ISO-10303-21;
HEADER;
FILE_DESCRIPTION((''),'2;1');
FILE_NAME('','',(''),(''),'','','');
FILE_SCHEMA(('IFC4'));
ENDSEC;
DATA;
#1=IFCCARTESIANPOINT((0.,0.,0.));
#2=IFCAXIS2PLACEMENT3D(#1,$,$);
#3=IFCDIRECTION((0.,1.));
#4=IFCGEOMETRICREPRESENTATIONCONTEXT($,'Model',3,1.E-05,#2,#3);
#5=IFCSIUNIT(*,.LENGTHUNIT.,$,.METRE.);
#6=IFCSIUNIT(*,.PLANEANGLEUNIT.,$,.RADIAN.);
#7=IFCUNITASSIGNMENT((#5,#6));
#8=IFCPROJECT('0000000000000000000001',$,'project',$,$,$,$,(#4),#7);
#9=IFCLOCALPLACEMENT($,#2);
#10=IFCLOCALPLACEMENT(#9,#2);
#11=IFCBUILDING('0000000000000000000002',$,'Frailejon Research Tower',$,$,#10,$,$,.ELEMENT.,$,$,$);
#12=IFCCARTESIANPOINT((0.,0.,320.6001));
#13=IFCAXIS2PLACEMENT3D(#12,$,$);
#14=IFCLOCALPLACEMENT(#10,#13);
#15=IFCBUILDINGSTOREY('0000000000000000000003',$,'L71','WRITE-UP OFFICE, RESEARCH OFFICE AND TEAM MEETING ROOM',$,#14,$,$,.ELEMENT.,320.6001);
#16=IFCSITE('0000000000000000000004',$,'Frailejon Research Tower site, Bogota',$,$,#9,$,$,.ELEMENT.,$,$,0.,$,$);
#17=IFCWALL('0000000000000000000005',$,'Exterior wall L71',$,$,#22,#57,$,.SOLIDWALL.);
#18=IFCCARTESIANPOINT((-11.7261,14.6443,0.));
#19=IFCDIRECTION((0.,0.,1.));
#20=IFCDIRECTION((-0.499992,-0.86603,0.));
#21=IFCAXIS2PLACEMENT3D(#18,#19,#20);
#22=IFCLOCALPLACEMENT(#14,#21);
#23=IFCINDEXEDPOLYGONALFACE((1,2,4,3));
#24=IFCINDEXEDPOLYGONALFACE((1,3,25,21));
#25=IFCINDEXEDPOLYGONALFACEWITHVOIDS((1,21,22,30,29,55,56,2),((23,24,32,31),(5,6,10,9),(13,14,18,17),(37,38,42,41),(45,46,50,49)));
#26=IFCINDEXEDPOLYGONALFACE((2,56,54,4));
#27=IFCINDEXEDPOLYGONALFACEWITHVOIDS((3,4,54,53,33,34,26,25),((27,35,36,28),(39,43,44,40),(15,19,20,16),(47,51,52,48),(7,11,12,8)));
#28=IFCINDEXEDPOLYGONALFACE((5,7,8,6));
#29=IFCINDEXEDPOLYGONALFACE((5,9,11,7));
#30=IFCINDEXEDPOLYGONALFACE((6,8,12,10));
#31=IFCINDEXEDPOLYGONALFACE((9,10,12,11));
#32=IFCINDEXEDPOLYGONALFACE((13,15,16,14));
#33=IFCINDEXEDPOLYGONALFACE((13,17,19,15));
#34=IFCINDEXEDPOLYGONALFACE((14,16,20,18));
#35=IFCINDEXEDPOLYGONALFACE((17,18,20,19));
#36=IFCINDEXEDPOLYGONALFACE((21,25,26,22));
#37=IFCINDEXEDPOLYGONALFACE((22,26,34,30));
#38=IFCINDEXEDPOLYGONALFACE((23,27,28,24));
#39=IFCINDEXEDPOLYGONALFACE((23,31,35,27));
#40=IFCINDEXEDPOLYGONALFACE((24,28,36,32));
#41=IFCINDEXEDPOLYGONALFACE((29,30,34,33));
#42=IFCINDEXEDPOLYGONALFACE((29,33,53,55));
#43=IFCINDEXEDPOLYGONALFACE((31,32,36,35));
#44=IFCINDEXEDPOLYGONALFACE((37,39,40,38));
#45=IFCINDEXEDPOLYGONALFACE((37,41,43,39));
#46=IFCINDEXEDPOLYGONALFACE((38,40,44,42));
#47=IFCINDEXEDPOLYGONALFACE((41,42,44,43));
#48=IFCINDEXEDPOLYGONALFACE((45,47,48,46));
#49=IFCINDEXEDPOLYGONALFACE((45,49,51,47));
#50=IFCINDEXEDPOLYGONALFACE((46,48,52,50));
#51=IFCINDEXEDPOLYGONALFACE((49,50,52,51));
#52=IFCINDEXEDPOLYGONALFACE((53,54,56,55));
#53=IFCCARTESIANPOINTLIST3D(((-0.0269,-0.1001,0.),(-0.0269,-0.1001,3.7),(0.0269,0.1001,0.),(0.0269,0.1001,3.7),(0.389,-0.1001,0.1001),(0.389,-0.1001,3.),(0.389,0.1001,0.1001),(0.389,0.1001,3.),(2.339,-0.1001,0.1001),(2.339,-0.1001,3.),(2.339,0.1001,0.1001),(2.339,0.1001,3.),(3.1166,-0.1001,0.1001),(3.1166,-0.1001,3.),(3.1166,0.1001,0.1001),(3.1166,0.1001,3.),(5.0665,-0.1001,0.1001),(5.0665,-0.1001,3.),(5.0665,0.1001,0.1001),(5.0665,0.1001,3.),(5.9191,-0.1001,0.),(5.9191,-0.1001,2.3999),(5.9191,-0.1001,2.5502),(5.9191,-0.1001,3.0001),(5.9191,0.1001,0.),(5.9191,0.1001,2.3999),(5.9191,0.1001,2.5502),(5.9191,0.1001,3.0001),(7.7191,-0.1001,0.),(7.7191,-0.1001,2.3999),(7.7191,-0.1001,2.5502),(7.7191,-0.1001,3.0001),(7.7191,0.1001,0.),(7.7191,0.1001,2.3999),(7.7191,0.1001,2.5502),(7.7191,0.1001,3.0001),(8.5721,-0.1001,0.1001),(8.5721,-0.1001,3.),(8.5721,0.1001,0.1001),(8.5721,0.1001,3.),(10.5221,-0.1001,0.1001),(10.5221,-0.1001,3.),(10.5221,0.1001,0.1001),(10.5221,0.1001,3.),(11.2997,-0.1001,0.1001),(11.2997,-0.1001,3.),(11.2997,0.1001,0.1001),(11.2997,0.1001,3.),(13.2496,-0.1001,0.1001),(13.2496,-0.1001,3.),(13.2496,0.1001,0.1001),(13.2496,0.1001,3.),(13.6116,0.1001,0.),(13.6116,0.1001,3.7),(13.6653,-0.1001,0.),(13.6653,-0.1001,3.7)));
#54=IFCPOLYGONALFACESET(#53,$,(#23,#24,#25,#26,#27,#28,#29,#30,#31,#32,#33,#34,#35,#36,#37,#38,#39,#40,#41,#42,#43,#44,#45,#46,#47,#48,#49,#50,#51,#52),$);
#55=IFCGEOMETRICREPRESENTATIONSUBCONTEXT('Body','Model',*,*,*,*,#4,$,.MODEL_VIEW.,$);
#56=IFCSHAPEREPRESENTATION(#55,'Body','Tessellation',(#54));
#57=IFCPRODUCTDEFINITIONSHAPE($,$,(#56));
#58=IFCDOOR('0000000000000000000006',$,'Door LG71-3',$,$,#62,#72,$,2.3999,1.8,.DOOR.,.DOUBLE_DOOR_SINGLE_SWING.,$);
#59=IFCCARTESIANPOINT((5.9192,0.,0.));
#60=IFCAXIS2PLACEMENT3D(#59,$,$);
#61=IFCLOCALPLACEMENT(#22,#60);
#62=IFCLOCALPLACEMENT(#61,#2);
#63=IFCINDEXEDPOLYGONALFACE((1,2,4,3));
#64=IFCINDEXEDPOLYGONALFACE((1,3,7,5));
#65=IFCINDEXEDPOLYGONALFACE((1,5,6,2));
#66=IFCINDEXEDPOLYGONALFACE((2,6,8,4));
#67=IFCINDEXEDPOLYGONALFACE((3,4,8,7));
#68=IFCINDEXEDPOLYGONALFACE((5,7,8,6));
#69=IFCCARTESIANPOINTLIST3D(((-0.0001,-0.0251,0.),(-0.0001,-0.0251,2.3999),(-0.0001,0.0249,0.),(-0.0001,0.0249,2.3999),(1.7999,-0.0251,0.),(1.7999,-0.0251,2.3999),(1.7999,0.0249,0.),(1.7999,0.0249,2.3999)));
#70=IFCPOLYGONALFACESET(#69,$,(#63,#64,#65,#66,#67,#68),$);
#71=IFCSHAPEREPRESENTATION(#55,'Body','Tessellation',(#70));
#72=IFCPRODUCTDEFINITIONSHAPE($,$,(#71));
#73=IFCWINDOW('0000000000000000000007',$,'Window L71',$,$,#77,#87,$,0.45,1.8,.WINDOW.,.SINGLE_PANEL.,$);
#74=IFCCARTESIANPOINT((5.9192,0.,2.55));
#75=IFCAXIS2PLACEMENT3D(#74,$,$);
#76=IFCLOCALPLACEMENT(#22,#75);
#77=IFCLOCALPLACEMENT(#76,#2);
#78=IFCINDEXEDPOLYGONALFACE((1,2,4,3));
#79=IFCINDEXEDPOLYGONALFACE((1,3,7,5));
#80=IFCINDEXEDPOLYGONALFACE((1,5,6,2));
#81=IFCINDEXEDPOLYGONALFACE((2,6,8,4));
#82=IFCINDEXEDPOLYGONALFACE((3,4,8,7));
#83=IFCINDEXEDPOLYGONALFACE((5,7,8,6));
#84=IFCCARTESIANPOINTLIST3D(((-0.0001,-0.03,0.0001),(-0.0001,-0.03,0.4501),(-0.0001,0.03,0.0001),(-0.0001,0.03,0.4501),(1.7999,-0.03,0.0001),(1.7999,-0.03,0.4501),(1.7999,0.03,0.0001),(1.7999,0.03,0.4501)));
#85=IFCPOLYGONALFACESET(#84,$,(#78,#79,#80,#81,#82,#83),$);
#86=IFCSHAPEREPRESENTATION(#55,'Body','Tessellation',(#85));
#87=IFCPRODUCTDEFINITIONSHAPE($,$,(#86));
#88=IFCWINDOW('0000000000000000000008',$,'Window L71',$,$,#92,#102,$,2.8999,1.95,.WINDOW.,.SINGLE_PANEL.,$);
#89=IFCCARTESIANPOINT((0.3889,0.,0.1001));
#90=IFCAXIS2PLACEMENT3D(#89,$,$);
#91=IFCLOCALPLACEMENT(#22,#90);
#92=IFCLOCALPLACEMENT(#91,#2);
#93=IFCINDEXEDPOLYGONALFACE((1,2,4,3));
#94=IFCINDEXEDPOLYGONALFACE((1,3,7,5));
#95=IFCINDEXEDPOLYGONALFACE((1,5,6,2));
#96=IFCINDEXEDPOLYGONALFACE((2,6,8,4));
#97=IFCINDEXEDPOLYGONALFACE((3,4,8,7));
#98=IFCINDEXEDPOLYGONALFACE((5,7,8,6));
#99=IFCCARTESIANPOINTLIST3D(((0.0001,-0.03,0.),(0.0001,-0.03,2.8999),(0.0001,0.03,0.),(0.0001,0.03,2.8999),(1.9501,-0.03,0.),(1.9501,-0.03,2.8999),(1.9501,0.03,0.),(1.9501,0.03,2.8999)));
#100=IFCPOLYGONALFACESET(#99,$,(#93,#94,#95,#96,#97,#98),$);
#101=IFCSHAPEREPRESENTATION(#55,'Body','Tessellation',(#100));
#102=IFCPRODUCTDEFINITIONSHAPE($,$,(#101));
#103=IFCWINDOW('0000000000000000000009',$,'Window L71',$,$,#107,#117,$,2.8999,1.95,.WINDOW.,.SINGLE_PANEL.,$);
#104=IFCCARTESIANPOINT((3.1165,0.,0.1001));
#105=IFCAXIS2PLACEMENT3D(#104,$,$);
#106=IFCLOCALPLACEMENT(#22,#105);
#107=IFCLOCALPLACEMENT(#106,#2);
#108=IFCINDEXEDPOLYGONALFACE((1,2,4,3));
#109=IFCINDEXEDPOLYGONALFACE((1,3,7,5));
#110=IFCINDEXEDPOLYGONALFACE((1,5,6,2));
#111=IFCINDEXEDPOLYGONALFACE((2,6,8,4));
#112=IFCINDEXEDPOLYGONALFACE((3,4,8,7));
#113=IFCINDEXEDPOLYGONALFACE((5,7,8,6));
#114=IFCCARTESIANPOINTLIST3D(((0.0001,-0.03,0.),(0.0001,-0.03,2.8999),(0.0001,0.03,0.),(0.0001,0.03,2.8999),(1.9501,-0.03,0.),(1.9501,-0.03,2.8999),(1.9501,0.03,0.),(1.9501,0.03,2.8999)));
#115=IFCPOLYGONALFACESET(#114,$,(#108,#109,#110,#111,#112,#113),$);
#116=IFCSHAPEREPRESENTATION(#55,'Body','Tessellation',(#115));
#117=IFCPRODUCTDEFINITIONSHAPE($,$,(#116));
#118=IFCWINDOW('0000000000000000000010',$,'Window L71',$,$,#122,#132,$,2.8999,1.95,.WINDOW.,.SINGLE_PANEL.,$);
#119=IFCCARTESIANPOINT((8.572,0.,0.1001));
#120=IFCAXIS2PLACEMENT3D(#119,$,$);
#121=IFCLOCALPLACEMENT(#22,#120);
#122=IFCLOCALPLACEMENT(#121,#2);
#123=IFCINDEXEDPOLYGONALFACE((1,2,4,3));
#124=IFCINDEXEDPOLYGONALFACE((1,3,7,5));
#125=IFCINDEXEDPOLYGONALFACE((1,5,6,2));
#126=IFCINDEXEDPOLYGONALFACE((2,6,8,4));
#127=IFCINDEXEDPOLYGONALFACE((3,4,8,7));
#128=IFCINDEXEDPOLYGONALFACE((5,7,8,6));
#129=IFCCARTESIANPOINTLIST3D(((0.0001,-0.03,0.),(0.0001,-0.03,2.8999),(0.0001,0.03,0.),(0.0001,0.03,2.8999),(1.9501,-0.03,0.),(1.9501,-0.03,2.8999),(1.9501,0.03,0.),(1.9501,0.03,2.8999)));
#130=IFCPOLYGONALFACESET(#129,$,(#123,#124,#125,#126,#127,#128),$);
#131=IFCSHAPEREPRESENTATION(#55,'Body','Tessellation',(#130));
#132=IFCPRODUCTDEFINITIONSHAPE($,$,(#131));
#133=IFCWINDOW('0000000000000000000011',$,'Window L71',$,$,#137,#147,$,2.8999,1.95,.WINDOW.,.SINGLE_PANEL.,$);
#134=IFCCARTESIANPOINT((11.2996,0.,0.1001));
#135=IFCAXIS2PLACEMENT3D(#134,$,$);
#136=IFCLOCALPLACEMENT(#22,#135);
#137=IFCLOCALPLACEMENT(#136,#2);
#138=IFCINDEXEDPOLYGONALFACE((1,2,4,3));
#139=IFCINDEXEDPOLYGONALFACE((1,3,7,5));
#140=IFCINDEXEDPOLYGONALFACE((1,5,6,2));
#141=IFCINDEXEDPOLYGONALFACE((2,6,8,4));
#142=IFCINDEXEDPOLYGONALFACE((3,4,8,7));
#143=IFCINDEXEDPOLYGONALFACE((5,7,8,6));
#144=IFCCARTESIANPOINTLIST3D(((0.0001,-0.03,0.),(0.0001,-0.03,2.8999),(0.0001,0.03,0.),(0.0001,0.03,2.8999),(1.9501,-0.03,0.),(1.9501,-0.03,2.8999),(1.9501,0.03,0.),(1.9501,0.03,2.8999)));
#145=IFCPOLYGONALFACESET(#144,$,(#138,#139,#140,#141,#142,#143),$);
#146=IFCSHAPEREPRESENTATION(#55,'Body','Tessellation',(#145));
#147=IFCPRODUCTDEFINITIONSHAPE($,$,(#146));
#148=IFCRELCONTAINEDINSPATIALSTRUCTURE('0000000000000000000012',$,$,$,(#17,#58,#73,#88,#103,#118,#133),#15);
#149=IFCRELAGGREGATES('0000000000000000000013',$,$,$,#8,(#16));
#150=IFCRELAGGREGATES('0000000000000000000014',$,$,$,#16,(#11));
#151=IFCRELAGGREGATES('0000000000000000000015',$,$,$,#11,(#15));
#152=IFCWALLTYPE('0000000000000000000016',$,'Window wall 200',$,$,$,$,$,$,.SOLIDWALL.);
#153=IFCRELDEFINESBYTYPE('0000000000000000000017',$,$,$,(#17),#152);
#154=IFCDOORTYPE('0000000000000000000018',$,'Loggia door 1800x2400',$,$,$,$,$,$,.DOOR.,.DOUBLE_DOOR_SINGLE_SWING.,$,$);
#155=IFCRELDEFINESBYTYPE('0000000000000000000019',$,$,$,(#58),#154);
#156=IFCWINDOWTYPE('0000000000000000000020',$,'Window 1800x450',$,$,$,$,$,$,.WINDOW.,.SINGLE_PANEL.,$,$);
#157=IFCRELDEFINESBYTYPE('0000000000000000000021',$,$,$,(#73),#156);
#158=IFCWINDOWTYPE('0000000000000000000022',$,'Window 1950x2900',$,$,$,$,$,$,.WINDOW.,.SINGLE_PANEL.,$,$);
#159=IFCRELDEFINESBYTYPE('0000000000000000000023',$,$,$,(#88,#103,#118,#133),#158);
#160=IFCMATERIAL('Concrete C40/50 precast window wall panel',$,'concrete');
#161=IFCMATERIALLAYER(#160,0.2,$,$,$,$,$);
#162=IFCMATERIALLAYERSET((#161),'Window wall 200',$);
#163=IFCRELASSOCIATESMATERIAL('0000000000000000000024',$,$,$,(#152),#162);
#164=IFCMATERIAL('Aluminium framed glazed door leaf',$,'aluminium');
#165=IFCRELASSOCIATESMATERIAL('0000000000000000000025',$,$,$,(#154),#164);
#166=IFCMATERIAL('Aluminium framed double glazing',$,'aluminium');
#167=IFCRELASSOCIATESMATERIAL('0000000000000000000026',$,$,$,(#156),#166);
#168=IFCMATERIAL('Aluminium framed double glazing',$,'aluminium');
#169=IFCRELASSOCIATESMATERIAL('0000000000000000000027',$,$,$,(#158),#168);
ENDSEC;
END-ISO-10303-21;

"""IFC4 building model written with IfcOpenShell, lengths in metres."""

from ifc_helpers import new_model, si_unit, direction, frame, frame_2d, origin, place, context, subcontext, project, spatial, polyline, rectangle, outline, extrude, material, layer, layer_set, type_object, element, fill, save


model = new_model("IFC4")

# Units and contexts
model_context = context("Model", 3, precision=1e-05, world=origin(), true_north=direction((0.0, 1.0)))
body_context = subcontext(model_context, "Body", "Model", "MODEL_VIEW")
ifc_project = project(units=[si_unit("LENGTHUNIT", "METRE"), si_unit("PLANEANGLEUNIT", "RADIAN")], contexts=[model_context])

# Site, building, storey
site_placement = place(None, origin())
site = spatial("IfcSite", under=ifc_project, at=site_placement, Name="Frailejon Research Tower site, Bogota", CompositionType="ELEMENT", RefElevation=0.0)
building_placement = place(site_placement, origin())
building = spatial("IfcBuilding", under=site, at=building_placement, Name="Frailejon Research Tower", CompositionType="ELEMENT")
storey_placement = place(building_placement, frame((0.0, 0.0, 320.6001)))
storey = spatial("IfcBuildingStorey", under=building, at=storey_placement, Name="L71", Description="WRITE-UP OFFICE, RESEARCH OFFICE AND TEAM MEETING ROOM", CompositionType="ELEMENT", Elevation=320.6001)

# Wall, openings, door, windows
ifc_material_1 = material(Name="Concrete C40/50 precast window wall panel", Category="concrete")
ifc_layer_1 = layer(ifc_material_1, 0.2)
ifc_layer_set_1 = layer_set([ifc_layer_1], Name="Window wall 200")
wall_type_1 = type_object("IfcWallType", Name="Window wall 200", PredefinedType="SOLIDWALL", material=ifc_layer_set_1)
wall_1_placement = place(storey_placement, frame((-11.7261, 14.6443, 0.0), z_axis=(0.0, 0.0, 1.0), x_axis=(-0.499992, -0.86603, 0.0)))
wall_1 = element("IfcWall", 1, at=wall_1_placement, inside=storey, type_object=wall_type_1, Name="Exterior wall L71", PredefinedType="SOLIDWALL", context=body_context, shape_type="SweptSolid", body=[
    extrude(outline(polyline([(-0.0269, -0.1001), (1.0264, -0.1001), (2.0796, -0.1001), (3.1328, -0.1001), (4.186, -0.1001), (5.2393, -0.1001), (6.2925, -0.1001), (7.3459, -0.1001), (8.3992, -0.1001), (9.4524, -0.1001), (10.5056, -0.1001), (11.5588, -0.1001), (12.6121, -0.1001), (13.6653, -0.1001), (13.6116, 0.1001), (12.5667, 0.1001), (11.5217, 0.1001), (10.4766, 0.1001), (9.4316, 0.1001), (8.3867, 0.1001), (7.3418, 0.1001), (6.2966, 0.1001), (5.2517, 0.1001), (4.2068, 0.1001), (3.1619, 0.1001), (2.1167, 0.1001), (1.0718, 0.1001), (0.0269, 0.1001), (-0.0269, -0.1001)])), origin(), (0.0, 0.0, 1.0), 3.7),
])
opening_1_placement = place(wall_1_placement, frame((0.3889, 0.0, 0.1001)))
opening_1 = element("IfcOpeningElement", 2, at=opening_1_placement, cuts=wall_1, PredefinedType="OPENING", context=body_context, shape_type="SweptSolid", body=[
    extrude(rectangle(XDim=1.95, YDim=2.8999, at=frame_2d((0.9751, 1.45))), frame((0.0, 0.1099, 0.0), z_axis=(0.0, -1.0, 0.0), x_axis=(1.0, 0.0, 0.0)), (0.0, 0.0, 1.0), 0.22),
])
opening_2_placement = place(wall_1_placement, frame((3.1165, 0.0, 0.1001)))
opening_2 = element("IfcOpeningElement", 3, at=opening_2_placement, cuts=wall_1, PredefinedType="OPENING", context=body_context, shape_type="SweptSolid", body=[
    extrude(rectangle(XDim=1.95, YDim=2.8999, at=frame_2d((0.9751, 1.45))), frame((0.0, 0.1099, 0.0), z_axis=(0.0, -1.0, 0.0), x_axis=(1.0, 0.0, 0.0)), (0.0, 0.0, 1.0), 0.22),
])
opening_3_placement = place(wall_1_placement, frame((5.9192, 0.0, 0.0)))
opening_3 = element("IfcOpeningElement", 4, at=opening_3_placement, cuts=wall_1, PredefinedType="OPENING", context=body_context, shape_type="SweptSolid", body=[
    extrude(rectangle(XDim=1.8, YDim=2.3999, at=frame_2d((0.8999, 1.2))), frame((0.0, 0.1099, 0.0), z_axis=(0.0, -1.0, 0.0), x_axis=(1.0, 0.0, 0.0)), (0.0, 0.0, 1.0), 0.22),
])
opening_4_placement = place(wall_1_placement, frame((5.9192, 0.0, 2.55)))
opening_4 = element("IfcOpeningElement", 5, at=opening_4_placement, cuts=wall_1, PredefinedType="OPENING", context=body_context, shape_type="SweptSolid", body=[
    extrude(rectangle(XDim=1.8, YDim=0.45, at=frame_2d((0.8999, 0.2251))), frame((0.0, 0.1099, 0.0), z_axis=(0.0, -1.0, 0.0), x_axis=(1.0, 0.0, 0.0)), (0.0, 0.0, 1.0), 0.22),
])
opening_5_placement = place(wall_1_placement, frame((8.572, 0.0, 0.1001)))
opening_5 = element("IfcOpeningElement", 6, at=opening_5_placement, cuts=wall_1, PredefinedType="OPENING", context=body_context, shape_type="SweptSolid", body=[
    extrude(rectangle(XDim=1.95, YDim=2.8999, at=frame_2d((0.9751, 1.45))), frame((0.0, 0.1099, 0.0), z_axis=(0.0, -1.0, 0.0), x_axis=(1.0, 0.0, 0.0)), (0.0, 0.0, 1.0), 0.22),
])
opening_6_placement = place(wall_1_placement, frame((11.2996, 0.0, 0.1001)))
opening_6 = element("IfcOpeningElement", 7, at=opening_6_placement, cuts=wall_1, PredefinedType="OPENING", context=body_context, shape_type="SweptSolid", body=[
    extrude(rectangle(XDim=1.95, YDim=2.8999, at=frame_2d((0.9751, 1.45))), frame((0.0, 0.1099, 0.0), z_axis=(0.0, -1.0, 0.0), x_axis=(1.0, 0.0, 0.0)), (0.0, 0.0, 1.0), 0.22),
])
ifc_material_2 = material(Name="Aluminium framed glazed door leaf", Category="aluminium")
door_type = type_object("IfcDoorType", Name="Loggia door 1800x2400", OperationType="DOUBLE_DOOR_SINGLE_SWING", PredefinedType="DOOR", material=ifc_material_2)
door_placement = place(opening_3_placement, origin())
door = element("IfcDoor", 8, at=door_placement, inside=storey, type_object=door_type, Name="Door LG71-3", OperationType="DOUBLE_DOOR_SINGLE_SWING", OverallHeight=2.3999, OverallWidth=1.8, PredefinedType="DOOR", context=body_context, shape_type="SweptSolid", body=[
    extrude(rectangle(XDim=1.8, YDim=2.3999, at=frame_2d((0.8999, 1.2))), frame((0.0, 0.0249, 0.0), z_axis=(0.0, -1.0, 0.0), x_axis=(1.0, 0.0, 0.0)), (0.0, 0.0, 1.0), 0.05),
])
fill(opening_3, door)
ifc_material_3 = material(Name="Aluminium framed double glazing", Category="aluminium")
window_type_1 = type_object("IfcWindowType", Name="Window 1800x450", PartitioningType="SINGLE_PANEL", PredefinedType="WINDOW", material=ifc_material_3)
window_1_placement = place(opening_4_placement, origin())
window_1 = element("IfcWindow", 9, at=window_1_placement, inside=storey, type_object=window_type_1, Name="Window L71", OverallHeight=0.45, OverallWidth=1.8, PartitioningType="SINGLE_PANEL", PredefinedType="WINDOW", context=body_context, shape_type="SweptSolid", body=[
    extrude(rectangle(XDim=1.8, YDim=0.45, at=frame_2d((0.8999, 0.2251))), frame((0.0, 0.03, 0.0), z_axis=(0.0, -1.0, 0.0), x_axis=(1.0, 0.0, 0.0)), (0.0, 0.0, 1.0), 0.0601),
])
fill(opening_4, window_1)
ifc_material_4 = material(Name="Aluminium framed double glazing", Category="aluminium")
window_type_2 = type_object("IfcWindowType", Name="Window 1950x2900", PartitioningType="SINGLE_PANEL", PredefinedType="WINDOW", material=ifc_material_4)
window_2_placement = place(opening_1_placement, origin())
window_2 = element("IfcWindow", 10, at=window_2_placement, inside=storey, type_object=window_type_2, Name="Window L71", OverallHeight=2.8999, OverallWidth=1.95, PartitioningType="SINGLE_PANEL", PredefinedType="WINDOW", context=body_context, shape_type="SweptSolid", body=[
    extrude(rectangle(XDim=1.95, YDim=2.8999, at=frame_2d((0.9751, 1.45))), frame((0.0, 0.03, 0.0), z_axis=(0.0, -1.0, 0.0), x_axis=(1.0, 0.0, 0.0)), (0.0, 0.0, 1.0), 0.0601),
])
fill(opening_1, window_2)
window_3_placement = place(opening_2_placement, origin())
window_3 = element("IfcWindow", 11, at=window_3_placement, inside=storey, type_object=window_type_2, Name="Window L71", OverallHeight=2.8999, OverallWidth=1.95, PartitioningType="SINGLE_PANEL", PredefinedType="WINDOW", context=body_context, shape_type="SweptSolid", body=[
    extrude(rectangle(XDim=1.95, YDim=2.8999, at=frame_2d((0.9751, 1.45))), frame((0.0, 0.03, 0.0), z_axis=(0.0, -1.0, 0.0), x_axis=(1.0, 0.0, 0.0)), (0.0, 0.0, 1.0), 0.0601),
])
fill(opening_2, window_3)
window_4_placement = place(opening_5_placement, origin())
window_4 = element("IfcWindow", 12, at=window_4_placement, inside=storey, type_object=window_type_2, Name="Window L71", OverallHeight=2.8999, OverallWidth=1.95, PartitioningType="SINGLE_PANEL", PredefinedType="WINDOW", context=body_context, shape_type="SweptSolid", body=[
    extrude(rectangle(XDim=1.95, YDim=2.8999, at=frame_2d((0.9751, 1.45))), frame((0.0, 0.03, 0.0), z_axis=(0.0, -1.0, 0.0), x_axis=(1.0, 0.0, 0.0)), (0.0, 0.0, 1.0), 0.0601),
])
fill(opening_5, window_4)
window_5_placement = place(opening_6_placement, origin())
window_5 = element("IfcWindow", 13, at=window_5_placement, inside=storey, type_object=window_type_2, Name="Window L71", OverallHeight=2.8999, OverallWidth=1.95, PartitioningType="SINGLE_PANEL", PredefinedType="WINDOW", context=body_context, shape_type="SweptSolid", body=[
    extrude(rectangle(XDim=1.95, YDim=2.8999, at=frame_2d((0.9751, 1.45))), frame((0.0, 0.03, 0.0), z_axis=(0.0, -1.0, 0.0), x_axis=(1.0, 0.0, 0.0)), (0.0, 0.0, 1.0), 0.0601),
])
fill(opening_6, window_5)

save(model, "model.ifc")
